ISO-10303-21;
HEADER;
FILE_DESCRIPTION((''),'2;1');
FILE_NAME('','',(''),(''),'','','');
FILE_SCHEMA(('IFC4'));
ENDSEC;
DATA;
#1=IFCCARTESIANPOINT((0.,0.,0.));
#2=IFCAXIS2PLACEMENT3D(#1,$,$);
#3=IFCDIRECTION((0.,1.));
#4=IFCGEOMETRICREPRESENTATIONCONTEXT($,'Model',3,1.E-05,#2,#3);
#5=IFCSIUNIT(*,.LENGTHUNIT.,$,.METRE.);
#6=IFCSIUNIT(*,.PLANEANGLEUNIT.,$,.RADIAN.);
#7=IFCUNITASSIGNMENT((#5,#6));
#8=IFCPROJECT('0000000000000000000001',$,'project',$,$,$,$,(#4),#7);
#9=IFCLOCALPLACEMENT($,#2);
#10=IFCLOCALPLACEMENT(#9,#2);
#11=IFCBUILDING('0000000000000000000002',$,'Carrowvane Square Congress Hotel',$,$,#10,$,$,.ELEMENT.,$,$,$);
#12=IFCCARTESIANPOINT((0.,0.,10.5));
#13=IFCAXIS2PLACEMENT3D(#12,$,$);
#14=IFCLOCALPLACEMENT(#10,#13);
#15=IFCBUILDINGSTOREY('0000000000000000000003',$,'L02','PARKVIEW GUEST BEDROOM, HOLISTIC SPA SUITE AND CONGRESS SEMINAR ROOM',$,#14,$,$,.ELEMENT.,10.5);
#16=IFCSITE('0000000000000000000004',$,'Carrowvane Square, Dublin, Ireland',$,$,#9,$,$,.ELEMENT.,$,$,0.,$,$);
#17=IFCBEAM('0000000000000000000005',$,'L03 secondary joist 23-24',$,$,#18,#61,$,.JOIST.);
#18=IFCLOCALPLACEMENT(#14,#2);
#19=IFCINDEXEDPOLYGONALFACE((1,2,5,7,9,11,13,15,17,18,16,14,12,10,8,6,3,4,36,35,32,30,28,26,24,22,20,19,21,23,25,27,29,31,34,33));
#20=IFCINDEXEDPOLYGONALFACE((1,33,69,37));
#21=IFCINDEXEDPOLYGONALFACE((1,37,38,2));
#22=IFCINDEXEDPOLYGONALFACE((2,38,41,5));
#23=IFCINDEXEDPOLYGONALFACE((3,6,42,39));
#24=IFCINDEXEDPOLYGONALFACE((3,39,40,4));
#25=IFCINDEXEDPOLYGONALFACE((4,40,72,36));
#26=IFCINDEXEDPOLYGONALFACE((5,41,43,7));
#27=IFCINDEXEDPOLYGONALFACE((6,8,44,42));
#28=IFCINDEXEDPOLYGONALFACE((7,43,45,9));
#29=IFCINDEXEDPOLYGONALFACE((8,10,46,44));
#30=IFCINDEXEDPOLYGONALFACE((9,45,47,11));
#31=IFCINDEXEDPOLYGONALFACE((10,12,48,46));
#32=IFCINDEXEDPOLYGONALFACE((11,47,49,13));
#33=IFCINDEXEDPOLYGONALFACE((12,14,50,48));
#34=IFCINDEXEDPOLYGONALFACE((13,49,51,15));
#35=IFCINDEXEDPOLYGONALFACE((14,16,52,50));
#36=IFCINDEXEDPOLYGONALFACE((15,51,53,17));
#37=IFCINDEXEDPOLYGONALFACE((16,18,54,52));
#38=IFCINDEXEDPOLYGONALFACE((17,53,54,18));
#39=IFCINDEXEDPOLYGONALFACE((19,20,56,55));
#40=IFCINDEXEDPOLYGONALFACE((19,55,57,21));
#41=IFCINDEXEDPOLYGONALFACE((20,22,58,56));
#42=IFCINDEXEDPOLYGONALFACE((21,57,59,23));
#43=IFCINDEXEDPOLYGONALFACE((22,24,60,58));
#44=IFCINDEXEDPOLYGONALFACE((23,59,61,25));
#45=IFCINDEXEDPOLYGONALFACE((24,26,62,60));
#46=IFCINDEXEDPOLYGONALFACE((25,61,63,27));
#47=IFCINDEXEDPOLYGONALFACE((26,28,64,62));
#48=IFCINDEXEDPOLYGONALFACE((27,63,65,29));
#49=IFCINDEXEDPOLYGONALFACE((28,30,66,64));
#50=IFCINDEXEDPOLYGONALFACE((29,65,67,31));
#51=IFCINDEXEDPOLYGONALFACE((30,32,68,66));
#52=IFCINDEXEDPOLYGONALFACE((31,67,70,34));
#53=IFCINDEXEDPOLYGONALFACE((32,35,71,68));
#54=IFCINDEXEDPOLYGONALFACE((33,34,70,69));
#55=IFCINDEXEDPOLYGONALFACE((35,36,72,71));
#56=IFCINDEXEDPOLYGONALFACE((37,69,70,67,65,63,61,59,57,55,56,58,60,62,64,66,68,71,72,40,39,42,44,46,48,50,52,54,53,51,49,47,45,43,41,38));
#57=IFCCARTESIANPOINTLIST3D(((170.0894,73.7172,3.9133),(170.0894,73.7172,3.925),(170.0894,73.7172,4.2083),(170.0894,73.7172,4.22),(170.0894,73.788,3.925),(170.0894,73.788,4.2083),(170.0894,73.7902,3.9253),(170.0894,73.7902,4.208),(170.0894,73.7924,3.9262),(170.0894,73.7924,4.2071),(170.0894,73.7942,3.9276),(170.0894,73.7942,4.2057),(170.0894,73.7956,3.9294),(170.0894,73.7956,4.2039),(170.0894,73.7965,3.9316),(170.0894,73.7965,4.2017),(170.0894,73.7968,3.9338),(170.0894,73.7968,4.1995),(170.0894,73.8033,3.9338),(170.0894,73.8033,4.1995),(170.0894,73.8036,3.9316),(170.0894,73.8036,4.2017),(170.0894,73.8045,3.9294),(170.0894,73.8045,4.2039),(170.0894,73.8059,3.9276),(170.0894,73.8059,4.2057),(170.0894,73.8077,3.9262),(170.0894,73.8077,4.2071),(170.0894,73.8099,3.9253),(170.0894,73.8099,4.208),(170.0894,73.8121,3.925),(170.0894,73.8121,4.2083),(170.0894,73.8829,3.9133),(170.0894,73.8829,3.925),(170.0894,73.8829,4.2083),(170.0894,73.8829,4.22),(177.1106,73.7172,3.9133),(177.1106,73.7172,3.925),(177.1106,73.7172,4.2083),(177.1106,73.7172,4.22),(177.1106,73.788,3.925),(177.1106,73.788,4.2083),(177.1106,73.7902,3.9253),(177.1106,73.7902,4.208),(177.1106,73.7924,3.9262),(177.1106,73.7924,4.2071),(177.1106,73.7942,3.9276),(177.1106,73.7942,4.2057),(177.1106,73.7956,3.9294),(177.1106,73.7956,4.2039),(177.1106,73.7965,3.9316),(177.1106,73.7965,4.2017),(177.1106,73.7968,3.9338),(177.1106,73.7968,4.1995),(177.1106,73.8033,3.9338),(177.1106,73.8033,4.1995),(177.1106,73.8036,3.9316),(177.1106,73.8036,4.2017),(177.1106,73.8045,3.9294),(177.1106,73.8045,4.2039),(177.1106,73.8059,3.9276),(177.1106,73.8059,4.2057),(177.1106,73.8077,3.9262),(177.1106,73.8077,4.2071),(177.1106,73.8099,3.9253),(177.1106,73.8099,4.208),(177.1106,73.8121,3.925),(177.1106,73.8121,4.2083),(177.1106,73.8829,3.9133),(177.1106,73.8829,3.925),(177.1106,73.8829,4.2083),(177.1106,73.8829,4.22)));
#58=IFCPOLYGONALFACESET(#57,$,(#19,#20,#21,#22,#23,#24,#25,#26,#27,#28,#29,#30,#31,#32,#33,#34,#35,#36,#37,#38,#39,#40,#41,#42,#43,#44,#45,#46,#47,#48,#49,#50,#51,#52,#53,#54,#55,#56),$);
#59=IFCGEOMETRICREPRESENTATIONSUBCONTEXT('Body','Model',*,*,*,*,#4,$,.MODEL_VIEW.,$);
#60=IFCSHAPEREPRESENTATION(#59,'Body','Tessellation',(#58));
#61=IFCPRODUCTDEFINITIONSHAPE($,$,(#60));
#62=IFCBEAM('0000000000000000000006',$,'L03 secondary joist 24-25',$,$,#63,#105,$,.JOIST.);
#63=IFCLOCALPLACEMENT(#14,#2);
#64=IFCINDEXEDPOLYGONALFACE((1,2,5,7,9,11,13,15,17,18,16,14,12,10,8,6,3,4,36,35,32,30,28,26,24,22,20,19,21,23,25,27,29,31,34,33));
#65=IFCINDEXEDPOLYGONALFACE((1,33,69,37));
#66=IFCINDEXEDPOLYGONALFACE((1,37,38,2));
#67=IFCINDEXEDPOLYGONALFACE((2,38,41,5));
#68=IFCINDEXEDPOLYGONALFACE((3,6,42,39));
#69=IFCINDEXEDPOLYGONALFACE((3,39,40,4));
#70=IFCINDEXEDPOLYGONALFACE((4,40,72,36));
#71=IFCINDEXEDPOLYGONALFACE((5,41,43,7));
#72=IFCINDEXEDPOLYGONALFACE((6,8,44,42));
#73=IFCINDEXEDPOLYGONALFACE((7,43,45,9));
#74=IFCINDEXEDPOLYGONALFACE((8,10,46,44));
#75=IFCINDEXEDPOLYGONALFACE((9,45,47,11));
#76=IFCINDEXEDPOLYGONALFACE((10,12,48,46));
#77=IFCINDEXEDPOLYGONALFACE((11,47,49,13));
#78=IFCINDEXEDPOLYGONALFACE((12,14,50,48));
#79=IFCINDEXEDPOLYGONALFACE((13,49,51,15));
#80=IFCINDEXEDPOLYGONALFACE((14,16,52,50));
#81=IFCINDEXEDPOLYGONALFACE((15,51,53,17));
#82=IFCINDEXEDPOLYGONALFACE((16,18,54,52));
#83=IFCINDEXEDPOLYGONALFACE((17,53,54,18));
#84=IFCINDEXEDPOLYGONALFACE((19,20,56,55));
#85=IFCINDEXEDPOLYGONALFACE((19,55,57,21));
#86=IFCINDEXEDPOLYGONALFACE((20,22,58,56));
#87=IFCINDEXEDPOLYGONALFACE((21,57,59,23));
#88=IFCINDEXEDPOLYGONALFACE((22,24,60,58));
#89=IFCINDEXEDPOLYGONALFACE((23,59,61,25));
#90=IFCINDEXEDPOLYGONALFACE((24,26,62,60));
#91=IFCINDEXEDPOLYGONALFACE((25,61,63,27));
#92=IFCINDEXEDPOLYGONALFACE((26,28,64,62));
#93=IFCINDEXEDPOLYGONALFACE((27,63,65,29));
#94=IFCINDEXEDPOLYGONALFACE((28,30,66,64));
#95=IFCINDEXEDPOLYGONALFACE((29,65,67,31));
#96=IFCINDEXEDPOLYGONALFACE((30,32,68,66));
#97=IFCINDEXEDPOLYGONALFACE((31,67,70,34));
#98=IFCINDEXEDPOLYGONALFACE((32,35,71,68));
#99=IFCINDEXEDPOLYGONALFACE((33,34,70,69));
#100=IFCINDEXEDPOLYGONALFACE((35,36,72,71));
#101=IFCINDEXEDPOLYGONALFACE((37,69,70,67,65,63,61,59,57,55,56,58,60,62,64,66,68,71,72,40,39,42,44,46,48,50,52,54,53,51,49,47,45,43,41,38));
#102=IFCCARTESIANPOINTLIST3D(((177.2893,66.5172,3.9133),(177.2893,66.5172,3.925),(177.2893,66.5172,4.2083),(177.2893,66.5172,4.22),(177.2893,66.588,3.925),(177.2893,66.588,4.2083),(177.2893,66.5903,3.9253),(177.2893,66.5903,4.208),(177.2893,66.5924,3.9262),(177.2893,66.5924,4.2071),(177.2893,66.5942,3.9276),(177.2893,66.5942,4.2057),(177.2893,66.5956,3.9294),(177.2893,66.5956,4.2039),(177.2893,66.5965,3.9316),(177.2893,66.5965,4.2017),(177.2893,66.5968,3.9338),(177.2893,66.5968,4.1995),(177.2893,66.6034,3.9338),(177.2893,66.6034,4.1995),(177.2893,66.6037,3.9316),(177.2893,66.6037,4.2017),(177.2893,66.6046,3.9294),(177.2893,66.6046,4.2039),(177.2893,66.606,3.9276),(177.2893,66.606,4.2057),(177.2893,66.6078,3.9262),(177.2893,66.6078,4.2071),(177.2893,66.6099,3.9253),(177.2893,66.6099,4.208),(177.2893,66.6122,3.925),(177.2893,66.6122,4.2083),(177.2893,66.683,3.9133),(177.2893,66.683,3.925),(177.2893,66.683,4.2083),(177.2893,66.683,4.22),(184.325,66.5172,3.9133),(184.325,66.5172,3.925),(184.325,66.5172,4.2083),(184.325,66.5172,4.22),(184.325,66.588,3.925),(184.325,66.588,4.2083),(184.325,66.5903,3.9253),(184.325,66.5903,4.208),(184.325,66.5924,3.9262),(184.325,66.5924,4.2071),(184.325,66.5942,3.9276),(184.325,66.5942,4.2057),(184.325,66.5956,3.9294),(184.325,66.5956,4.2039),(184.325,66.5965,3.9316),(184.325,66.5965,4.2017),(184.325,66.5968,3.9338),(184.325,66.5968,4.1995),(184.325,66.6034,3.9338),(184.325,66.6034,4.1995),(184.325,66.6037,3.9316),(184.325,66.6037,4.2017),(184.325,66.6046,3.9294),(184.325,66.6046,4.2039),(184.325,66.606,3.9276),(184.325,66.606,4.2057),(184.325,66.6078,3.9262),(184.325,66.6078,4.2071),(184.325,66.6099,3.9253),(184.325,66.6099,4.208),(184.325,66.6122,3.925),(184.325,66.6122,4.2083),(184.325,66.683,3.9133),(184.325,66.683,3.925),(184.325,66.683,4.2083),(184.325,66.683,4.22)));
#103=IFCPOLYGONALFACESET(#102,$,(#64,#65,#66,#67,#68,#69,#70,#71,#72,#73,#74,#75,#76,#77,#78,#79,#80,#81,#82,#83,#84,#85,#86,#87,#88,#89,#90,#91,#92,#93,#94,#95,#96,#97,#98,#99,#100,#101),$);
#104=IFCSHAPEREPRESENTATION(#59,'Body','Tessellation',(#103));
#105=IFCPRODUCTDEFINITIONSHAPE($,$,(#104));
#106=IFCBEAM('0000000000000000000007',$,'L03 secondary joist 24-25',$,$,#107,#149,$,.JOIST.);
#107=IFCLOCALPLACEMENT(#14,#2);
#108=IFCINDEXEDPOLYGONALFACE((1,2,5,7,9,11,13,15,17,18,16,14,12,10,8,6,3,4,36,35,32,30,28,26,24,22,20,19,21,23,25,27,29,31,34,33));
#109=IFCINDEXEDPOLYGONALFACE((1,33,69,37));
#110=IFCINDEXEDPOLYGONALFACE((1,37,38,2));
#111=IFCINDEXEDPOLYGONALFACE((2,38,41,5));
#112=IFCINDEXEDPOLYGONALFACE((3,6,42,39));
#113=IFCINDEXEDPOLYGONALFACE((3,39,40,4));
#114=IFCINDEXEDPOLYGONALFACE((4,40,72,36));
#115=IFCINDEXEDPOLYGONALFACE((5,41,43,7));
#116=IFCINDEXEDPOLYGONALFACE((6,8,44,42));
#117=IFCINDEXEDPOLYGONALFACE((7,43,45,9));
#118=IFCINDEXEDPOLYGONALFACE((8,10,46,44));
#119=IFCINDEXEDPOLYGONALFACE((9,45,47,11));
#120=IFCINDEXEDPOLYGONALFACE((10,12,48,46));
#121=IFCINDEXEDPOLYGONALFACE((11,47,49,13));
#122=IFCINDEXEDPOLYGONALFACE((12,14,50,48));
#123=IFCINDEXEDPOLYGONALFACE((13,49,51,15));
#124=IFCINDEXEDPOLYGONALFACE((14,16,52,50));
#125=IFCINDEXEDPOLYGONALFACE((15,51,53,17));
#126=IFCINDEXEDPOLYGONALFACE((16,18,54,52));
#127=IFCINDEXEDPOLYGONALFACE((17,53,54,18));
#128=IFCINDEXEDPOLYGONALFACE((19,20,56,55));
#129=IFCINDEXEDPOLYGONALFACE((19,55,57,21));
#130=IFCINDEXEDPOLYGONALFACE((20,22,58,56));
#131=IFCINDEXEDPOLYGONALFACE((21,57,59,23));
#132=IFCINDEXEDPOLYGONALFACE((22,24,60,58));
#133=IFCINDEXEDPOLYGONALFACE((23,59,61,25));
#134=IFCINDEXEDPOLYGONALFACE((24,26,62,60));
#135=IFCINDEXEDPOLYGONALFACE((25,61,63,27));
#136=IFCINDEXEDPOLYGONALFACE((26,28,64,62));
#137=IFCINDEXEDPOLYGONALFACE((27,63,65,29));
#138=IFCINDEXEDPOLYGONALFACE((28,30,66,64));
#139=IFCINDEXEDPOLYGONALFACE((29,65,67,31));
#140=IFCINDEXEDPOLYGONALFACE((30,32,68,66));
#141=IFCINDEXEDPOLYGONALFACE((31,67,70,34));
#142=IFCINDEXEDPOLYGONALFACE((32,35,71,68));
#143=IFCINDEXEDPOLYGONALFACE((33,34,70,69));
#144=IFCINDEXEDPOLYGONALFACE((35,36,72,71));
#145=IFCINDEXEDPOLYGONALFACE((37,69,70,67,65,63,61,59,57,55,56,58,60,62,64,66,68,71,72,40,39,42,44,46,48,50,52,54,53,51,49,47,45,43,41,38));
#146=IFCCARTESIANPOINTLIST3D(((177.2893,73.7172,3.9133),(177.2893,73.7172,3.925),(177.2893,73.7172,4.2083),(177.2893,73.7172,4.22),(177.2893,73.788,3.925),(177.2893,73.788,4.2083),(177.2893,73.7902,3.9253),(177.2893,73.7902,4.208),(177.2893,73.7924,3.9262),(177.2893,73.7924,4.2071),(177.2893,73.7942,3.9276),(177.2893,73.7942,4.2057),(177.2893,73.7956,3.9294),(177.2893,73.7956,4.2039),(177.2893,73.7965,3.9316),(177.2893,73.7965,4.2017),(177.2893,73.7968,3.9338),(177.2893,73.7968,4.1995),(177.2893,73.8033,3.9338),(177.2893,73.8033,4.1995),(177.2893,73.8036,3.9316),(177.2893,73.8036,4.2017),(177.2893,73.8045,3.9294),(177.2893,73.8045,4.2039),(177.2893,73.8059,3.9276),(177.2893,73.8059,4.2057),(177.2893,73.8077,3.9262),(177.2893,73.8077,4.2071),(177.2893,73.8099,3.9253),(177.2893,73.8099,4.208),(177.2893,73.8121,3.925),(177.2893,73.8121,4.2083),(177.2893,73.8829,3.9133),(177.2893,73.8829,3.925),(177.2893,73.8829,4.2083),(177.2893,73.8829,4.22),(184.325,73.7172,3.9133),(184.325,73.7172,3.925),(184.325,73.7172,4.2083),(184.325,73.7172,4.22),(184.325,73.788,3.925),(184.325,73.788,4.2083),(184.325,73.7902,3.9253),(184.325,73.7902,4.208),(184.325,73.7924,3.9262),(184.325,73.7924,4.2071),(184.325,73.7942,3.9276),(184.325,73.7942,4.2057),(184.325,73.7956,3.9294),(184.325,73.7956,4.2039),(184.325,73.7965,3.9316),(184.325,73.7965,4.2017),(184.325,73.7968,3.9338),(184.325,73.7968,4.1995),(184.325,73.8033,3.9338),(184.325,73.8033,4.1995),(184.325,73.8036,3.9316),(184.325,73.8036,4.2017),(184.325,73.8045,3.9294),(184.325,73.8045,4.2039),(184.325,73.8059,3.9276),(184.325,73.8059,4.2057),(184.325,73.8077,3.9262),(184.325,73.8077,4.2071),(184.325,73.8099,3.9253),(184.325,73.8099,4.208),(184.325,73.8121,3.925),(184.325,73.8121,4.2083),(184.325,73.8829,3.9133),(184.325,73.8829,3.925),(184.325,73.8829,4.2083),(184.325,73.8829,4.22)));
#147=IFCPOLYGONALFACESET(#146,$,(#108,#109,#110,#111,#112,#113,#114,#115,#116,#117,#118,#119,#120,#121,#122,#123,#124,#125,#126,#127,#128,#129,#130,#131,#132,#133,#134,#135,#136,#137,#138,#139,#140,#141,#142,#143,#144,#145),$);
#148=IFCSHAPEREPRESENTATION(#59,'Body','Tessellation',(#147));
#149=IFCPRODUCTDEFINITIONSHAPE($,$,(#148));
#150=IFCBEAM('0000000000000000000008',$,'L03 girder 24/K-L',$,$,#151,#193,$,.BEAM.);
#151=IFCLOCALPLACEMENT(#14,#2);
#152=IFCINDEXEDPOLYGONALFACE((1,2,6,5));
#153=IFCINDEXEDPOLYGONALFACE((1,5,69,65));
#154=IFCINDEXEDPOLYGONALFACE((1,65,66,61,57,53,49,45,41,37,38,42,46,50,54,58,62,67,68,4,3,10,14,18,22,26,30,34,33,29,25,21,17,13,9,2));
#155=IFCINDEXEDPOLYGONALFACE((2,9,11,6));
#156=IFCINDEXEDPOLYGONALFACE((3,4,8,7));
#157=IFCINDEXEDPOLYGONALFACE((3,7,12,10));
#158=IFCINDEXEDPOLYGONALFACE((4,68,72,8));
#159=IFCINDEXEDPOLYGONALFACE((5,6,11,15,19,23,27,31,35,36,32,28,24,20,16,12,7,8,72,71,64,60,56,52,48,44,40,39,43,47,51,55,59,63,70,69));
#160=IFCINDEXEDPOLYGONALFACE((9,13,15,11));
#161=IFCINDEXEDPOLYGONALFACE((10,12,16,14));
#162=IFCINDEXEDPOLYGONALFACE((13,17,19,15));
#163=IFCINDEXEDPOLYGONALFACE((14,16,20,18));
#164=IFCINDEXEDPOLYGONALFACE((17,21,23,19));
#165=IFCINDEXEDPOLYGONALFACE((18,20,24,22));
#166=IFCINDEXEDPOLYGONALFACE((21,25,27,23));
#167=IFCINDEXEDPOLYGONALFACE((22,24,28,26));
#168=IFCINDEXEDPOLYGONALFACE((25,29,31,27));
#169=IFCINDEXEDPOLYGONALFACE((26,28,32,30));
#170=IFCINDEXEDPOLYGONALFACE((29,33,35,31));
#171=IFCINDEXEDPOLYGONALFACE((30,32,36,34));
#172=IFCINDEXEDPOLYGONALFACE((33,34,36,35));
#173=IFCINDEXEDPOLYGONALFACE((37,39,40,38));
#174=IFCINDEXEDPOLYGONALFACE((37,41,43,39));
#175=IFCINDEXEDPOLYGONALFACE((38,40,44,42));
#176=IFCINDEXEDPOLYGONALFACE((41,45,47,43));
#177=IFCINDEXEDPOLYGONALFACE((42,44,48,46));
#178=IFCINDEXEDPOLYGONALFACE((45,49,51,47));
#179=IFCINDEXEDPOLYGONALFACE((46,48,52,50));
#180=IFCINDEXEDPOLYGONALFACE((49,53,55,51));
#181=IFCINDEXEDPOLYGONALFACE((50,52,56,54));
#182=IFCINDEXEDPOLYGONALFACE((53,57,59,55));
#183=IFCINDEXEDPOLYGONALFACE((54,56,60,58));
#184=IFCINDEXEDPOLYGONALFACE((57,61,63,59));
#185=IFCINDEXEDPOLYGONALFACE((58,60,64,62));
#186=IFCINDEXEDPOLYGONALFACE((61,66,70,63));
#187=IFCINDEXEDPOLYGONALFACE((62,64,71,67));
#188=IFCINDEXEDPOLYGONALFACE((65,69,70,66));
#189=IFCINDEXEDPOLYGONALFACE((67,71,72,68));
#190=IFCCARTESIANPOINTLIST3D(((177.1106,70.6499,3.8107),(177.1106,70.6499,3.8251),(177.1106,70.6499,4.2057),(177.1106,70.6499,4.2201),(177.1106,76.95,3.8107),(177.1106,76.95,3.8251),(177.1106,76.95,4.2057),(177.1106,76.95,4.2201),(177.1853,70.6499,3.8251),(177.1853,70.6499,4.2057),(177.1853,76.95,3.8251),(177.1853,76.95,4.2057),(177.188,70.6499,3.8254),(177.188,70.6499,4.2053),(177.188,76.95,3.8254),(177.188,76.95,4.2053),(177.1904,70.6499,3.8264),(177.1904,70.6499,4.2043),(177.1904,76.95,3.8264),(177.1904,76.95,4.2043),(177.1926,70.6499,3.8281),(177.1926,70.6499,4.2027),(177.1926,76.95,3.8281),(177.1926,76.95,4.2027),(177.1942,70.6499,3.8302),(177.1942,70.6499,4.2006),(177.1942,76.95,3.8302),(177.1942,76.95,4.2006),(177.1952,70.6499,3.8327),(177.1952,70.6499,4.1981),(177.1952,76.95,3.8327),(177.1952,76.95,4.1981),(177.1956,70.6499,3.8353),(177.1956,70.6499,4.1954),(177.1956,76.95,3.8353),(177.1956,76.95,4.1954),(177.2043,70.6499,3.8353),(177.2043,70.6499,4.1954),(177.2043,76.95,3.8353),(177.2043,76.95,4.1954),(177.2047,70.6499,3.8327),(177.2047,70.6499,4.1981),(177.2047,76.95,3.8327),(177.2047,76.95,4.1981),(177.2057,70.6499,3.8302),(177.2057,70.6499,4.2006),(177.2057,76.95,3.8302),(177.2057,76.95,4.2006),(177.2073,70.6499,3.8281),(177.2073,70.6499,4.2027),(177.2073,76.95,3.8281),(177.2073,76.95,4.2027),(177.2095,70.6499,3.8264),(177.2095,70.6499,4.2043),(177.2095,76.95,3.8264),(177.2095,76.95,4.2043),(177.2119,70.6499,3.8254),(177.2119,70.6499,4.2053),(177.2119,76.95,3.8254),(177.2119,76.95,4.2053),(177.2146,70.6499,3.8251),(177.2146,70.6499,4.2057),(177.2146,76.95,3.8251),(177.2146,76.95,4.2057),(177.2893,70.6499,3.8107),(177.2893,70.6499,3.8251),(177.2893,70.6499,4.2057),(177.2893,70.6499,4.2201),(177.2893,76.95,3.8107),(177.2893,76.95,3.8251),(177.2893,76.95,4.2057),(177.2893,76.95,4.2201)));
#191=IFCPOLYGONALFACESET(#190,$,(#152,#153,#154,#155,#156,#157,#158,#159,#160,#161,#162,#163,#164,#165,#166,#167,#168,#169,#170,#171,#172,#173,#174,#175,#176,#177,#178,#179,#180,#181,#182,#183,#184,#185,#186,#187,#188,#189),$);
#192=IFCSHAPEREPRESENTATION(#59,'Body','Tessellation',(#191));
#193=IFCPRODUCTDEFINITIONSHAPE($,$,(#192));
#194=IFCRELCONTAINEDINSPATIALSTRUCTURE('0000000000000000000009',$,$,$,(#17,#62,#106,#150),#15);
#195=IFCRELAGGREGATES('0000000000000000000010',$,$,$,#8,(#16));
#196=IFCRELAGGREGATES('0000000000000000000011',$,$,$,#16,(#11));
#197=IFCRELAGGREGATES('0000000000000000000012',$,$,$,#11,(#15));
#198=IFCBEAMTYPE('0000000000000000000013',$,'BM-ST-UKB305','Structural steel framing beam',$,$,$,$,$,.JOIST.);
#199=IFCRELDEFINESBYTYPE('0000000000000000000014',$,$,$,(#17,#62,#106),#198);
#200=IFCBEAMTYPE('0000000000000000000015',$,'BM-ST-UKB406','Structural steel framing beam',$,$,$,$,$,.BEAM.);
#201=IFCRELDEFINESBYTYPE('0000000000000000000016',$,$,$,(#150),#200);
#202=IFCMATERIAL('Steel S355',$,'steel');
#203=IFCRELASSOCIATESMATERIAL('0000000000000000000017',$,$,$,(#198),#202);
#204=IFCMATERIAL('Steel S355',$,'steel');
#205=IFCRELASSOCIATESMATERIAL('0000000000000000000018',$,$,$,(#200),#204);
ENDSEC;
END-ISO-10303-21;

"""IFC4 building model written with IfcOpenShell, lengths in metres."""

from ifc_helpers import new_model, si_unit, direction, frame, origin, origin_2d, place, context, subcontext, project, spatial, i_section, extrude, material, material_profile, profile_set, type_object, element, save


model = new_model("IFC4")

# Units and contexts
model_context = context("Model", 3, precision=1e-05, world=origin(), true_north=direction((0.0, 1.0)))
body_context = subcontext(model_context, "Body", "Model", "MODEL_VIEW")
ifc_project = project(units=[si_unit("LENGTHUNIT", "METRE"), si_unit("PLANEANGLEUNIT", "RADIAN")], contexts=[model_context])

# Site, building, storey
site_placement = place(None, origin())
site = spatial("IfcSite", under=ifc_project, at=site_placement, Name="Carrowvane Square, Dublin, Ireland", CompositionType="ELEMENT", RefElevation=0.0)
building_placement = place(site_placement, origin())
building = spatial("IfcBuilding", under=site, at=building_placement, Name="Carrowvane Square Congress Hotel", CompositionType="ELEMENT")
storey_placement = place(building_placement, frame((0.0, 0.0, 10.5)))
storey = spatial("IfcBuildingStorey", under=building, at=storey_placement, Name="L02", Description="PARKVIEW GUEST BEDROOM, HOLISTIC SPA SUITE AND CONGRESS SEMINAR ROOM", CompositionType="ELEMENT", Elevation=10.5)

# Beams
ifc_material_1 = material(Name="Steel S355", Category="steel")
ifc_material_profile_1 = material_profile(ifc_material_1, i_section(OverallWidth=0.1658, OverallDepth=0.3066, WebThickness=0.0066, FlangeThickness=0.0117, FilletRadius=0.0088, at=origin_2d()), Name="UKB 305x165x46")
ifc_profile_set_1 = profile_set([ifc_material_profile_1], Name="Steel S355")
beam_type_1 = type_object("IfcBeamType", Name="BM-ST-UKB305", Description="Structural steel framing beam", PredefinedType="JOIST", material=ifc_profile_set_1)
for number, where, z_axis, x_axis, name in (
    (1, (170.0894, 73.8, 4.0667), (1.0, 0.0, 0.0), (0.0, 1.0, 0.0), "L03 secondary joist 23-24"),
):
    element("IfcBeam", number, at=place(storey_placement, frame(where, z_axis=z_axis, x_axis=x_axis)), inside=storey, type_object=beam_type_1, Name=name, PredefinedType="JOIST", context=body_context, shape_type="SweptSolid", body=[
        extrude(i_section(OverallWidth=0.1658, OverallDepth=0.3066, WebThickness=0.0066, FlangeThickness=0.0117, FilletRadius=0.0088, at=origin_2d()), origin(), (0.0, 0.0, 1.0), 7.0212),
    ])
for number, where, z_axis, x_axis, name in (
    (2, (177.2893, 66.6001, 4.0667), (1.0, 0.0, 0.0), (0.0, 1.0, 0.0), "L03 secondary joist 24-25"),
    (3, (177.2893, 73.8, 4.0667), (1.0, 0.0, 0.0), (0.0, 1.0, 0.0), "L03 secondary joist 24-25"),
):
    element("IfcBeam", number, at=place(storey_placement, frame(where, z_axis=z_axis, x_axis=x_axis)), inside=storey, type_object=beam_type_1, Name=name, PredefinedType="JOIST", context=body_context, shape_type="SweptSolid", body=[
        extrude(i_section(OverallWidth=0.1658, OverallDepth=0.3066, WebThickness=0.0066, FlangeThickness=0.0117, FilletRadius=0.0088, at=origin_2d()), origin(), (0.0, 0.0, 1.0), 7.0356),
    ])
ifc_material_2 = material(Name="Steel S355", Category="steel")
ifc_material_profile_2 = material_profile(ifc_material_2, i_section(OverallWidth=0.1787, OverallDepth=0.4094, WebThickness=0.0088, FlangeThickness=0.0144, FilletRadius=0.0103, at=origin_2d()), Name="UKB 406x178x67")
ifc_profile_set_2 = profile_set([ifc_material_profile_2], Name="Steel S355")
beam_type_2 = type_object("IfcBeamType", Name="BM-ST-UKB406", Description="Structural steel framing beam", PredefinedType="BEAM", material=ifc_profile_set_2)
beam_1_placement = place(storey_placement, frame((177.2, 70.6499, 4.0154), z_axis=(0.0, 1.0, 0.0), x_axis=(-1.0, 0.0, 0.0)))
element("IfcBeam", 4, at=beam_1_placement, inside=storey, type_object=beam_type_2, Name="L03 girder 24/K-L", PredefinedType="BEAM", context=body_context, shape_type="SweptSolid", body=[
    extrude(i_section(OverallWidth=0.1787, OverallDepth=0.4094, WebThickness=0.0088, FlangeThickness=0.0144, FilletRadius=0.0103, at=origin_2d()), origin(), (0.0, 0.0, 1.0), 6.3),
])

save(model, "model.ifc")
